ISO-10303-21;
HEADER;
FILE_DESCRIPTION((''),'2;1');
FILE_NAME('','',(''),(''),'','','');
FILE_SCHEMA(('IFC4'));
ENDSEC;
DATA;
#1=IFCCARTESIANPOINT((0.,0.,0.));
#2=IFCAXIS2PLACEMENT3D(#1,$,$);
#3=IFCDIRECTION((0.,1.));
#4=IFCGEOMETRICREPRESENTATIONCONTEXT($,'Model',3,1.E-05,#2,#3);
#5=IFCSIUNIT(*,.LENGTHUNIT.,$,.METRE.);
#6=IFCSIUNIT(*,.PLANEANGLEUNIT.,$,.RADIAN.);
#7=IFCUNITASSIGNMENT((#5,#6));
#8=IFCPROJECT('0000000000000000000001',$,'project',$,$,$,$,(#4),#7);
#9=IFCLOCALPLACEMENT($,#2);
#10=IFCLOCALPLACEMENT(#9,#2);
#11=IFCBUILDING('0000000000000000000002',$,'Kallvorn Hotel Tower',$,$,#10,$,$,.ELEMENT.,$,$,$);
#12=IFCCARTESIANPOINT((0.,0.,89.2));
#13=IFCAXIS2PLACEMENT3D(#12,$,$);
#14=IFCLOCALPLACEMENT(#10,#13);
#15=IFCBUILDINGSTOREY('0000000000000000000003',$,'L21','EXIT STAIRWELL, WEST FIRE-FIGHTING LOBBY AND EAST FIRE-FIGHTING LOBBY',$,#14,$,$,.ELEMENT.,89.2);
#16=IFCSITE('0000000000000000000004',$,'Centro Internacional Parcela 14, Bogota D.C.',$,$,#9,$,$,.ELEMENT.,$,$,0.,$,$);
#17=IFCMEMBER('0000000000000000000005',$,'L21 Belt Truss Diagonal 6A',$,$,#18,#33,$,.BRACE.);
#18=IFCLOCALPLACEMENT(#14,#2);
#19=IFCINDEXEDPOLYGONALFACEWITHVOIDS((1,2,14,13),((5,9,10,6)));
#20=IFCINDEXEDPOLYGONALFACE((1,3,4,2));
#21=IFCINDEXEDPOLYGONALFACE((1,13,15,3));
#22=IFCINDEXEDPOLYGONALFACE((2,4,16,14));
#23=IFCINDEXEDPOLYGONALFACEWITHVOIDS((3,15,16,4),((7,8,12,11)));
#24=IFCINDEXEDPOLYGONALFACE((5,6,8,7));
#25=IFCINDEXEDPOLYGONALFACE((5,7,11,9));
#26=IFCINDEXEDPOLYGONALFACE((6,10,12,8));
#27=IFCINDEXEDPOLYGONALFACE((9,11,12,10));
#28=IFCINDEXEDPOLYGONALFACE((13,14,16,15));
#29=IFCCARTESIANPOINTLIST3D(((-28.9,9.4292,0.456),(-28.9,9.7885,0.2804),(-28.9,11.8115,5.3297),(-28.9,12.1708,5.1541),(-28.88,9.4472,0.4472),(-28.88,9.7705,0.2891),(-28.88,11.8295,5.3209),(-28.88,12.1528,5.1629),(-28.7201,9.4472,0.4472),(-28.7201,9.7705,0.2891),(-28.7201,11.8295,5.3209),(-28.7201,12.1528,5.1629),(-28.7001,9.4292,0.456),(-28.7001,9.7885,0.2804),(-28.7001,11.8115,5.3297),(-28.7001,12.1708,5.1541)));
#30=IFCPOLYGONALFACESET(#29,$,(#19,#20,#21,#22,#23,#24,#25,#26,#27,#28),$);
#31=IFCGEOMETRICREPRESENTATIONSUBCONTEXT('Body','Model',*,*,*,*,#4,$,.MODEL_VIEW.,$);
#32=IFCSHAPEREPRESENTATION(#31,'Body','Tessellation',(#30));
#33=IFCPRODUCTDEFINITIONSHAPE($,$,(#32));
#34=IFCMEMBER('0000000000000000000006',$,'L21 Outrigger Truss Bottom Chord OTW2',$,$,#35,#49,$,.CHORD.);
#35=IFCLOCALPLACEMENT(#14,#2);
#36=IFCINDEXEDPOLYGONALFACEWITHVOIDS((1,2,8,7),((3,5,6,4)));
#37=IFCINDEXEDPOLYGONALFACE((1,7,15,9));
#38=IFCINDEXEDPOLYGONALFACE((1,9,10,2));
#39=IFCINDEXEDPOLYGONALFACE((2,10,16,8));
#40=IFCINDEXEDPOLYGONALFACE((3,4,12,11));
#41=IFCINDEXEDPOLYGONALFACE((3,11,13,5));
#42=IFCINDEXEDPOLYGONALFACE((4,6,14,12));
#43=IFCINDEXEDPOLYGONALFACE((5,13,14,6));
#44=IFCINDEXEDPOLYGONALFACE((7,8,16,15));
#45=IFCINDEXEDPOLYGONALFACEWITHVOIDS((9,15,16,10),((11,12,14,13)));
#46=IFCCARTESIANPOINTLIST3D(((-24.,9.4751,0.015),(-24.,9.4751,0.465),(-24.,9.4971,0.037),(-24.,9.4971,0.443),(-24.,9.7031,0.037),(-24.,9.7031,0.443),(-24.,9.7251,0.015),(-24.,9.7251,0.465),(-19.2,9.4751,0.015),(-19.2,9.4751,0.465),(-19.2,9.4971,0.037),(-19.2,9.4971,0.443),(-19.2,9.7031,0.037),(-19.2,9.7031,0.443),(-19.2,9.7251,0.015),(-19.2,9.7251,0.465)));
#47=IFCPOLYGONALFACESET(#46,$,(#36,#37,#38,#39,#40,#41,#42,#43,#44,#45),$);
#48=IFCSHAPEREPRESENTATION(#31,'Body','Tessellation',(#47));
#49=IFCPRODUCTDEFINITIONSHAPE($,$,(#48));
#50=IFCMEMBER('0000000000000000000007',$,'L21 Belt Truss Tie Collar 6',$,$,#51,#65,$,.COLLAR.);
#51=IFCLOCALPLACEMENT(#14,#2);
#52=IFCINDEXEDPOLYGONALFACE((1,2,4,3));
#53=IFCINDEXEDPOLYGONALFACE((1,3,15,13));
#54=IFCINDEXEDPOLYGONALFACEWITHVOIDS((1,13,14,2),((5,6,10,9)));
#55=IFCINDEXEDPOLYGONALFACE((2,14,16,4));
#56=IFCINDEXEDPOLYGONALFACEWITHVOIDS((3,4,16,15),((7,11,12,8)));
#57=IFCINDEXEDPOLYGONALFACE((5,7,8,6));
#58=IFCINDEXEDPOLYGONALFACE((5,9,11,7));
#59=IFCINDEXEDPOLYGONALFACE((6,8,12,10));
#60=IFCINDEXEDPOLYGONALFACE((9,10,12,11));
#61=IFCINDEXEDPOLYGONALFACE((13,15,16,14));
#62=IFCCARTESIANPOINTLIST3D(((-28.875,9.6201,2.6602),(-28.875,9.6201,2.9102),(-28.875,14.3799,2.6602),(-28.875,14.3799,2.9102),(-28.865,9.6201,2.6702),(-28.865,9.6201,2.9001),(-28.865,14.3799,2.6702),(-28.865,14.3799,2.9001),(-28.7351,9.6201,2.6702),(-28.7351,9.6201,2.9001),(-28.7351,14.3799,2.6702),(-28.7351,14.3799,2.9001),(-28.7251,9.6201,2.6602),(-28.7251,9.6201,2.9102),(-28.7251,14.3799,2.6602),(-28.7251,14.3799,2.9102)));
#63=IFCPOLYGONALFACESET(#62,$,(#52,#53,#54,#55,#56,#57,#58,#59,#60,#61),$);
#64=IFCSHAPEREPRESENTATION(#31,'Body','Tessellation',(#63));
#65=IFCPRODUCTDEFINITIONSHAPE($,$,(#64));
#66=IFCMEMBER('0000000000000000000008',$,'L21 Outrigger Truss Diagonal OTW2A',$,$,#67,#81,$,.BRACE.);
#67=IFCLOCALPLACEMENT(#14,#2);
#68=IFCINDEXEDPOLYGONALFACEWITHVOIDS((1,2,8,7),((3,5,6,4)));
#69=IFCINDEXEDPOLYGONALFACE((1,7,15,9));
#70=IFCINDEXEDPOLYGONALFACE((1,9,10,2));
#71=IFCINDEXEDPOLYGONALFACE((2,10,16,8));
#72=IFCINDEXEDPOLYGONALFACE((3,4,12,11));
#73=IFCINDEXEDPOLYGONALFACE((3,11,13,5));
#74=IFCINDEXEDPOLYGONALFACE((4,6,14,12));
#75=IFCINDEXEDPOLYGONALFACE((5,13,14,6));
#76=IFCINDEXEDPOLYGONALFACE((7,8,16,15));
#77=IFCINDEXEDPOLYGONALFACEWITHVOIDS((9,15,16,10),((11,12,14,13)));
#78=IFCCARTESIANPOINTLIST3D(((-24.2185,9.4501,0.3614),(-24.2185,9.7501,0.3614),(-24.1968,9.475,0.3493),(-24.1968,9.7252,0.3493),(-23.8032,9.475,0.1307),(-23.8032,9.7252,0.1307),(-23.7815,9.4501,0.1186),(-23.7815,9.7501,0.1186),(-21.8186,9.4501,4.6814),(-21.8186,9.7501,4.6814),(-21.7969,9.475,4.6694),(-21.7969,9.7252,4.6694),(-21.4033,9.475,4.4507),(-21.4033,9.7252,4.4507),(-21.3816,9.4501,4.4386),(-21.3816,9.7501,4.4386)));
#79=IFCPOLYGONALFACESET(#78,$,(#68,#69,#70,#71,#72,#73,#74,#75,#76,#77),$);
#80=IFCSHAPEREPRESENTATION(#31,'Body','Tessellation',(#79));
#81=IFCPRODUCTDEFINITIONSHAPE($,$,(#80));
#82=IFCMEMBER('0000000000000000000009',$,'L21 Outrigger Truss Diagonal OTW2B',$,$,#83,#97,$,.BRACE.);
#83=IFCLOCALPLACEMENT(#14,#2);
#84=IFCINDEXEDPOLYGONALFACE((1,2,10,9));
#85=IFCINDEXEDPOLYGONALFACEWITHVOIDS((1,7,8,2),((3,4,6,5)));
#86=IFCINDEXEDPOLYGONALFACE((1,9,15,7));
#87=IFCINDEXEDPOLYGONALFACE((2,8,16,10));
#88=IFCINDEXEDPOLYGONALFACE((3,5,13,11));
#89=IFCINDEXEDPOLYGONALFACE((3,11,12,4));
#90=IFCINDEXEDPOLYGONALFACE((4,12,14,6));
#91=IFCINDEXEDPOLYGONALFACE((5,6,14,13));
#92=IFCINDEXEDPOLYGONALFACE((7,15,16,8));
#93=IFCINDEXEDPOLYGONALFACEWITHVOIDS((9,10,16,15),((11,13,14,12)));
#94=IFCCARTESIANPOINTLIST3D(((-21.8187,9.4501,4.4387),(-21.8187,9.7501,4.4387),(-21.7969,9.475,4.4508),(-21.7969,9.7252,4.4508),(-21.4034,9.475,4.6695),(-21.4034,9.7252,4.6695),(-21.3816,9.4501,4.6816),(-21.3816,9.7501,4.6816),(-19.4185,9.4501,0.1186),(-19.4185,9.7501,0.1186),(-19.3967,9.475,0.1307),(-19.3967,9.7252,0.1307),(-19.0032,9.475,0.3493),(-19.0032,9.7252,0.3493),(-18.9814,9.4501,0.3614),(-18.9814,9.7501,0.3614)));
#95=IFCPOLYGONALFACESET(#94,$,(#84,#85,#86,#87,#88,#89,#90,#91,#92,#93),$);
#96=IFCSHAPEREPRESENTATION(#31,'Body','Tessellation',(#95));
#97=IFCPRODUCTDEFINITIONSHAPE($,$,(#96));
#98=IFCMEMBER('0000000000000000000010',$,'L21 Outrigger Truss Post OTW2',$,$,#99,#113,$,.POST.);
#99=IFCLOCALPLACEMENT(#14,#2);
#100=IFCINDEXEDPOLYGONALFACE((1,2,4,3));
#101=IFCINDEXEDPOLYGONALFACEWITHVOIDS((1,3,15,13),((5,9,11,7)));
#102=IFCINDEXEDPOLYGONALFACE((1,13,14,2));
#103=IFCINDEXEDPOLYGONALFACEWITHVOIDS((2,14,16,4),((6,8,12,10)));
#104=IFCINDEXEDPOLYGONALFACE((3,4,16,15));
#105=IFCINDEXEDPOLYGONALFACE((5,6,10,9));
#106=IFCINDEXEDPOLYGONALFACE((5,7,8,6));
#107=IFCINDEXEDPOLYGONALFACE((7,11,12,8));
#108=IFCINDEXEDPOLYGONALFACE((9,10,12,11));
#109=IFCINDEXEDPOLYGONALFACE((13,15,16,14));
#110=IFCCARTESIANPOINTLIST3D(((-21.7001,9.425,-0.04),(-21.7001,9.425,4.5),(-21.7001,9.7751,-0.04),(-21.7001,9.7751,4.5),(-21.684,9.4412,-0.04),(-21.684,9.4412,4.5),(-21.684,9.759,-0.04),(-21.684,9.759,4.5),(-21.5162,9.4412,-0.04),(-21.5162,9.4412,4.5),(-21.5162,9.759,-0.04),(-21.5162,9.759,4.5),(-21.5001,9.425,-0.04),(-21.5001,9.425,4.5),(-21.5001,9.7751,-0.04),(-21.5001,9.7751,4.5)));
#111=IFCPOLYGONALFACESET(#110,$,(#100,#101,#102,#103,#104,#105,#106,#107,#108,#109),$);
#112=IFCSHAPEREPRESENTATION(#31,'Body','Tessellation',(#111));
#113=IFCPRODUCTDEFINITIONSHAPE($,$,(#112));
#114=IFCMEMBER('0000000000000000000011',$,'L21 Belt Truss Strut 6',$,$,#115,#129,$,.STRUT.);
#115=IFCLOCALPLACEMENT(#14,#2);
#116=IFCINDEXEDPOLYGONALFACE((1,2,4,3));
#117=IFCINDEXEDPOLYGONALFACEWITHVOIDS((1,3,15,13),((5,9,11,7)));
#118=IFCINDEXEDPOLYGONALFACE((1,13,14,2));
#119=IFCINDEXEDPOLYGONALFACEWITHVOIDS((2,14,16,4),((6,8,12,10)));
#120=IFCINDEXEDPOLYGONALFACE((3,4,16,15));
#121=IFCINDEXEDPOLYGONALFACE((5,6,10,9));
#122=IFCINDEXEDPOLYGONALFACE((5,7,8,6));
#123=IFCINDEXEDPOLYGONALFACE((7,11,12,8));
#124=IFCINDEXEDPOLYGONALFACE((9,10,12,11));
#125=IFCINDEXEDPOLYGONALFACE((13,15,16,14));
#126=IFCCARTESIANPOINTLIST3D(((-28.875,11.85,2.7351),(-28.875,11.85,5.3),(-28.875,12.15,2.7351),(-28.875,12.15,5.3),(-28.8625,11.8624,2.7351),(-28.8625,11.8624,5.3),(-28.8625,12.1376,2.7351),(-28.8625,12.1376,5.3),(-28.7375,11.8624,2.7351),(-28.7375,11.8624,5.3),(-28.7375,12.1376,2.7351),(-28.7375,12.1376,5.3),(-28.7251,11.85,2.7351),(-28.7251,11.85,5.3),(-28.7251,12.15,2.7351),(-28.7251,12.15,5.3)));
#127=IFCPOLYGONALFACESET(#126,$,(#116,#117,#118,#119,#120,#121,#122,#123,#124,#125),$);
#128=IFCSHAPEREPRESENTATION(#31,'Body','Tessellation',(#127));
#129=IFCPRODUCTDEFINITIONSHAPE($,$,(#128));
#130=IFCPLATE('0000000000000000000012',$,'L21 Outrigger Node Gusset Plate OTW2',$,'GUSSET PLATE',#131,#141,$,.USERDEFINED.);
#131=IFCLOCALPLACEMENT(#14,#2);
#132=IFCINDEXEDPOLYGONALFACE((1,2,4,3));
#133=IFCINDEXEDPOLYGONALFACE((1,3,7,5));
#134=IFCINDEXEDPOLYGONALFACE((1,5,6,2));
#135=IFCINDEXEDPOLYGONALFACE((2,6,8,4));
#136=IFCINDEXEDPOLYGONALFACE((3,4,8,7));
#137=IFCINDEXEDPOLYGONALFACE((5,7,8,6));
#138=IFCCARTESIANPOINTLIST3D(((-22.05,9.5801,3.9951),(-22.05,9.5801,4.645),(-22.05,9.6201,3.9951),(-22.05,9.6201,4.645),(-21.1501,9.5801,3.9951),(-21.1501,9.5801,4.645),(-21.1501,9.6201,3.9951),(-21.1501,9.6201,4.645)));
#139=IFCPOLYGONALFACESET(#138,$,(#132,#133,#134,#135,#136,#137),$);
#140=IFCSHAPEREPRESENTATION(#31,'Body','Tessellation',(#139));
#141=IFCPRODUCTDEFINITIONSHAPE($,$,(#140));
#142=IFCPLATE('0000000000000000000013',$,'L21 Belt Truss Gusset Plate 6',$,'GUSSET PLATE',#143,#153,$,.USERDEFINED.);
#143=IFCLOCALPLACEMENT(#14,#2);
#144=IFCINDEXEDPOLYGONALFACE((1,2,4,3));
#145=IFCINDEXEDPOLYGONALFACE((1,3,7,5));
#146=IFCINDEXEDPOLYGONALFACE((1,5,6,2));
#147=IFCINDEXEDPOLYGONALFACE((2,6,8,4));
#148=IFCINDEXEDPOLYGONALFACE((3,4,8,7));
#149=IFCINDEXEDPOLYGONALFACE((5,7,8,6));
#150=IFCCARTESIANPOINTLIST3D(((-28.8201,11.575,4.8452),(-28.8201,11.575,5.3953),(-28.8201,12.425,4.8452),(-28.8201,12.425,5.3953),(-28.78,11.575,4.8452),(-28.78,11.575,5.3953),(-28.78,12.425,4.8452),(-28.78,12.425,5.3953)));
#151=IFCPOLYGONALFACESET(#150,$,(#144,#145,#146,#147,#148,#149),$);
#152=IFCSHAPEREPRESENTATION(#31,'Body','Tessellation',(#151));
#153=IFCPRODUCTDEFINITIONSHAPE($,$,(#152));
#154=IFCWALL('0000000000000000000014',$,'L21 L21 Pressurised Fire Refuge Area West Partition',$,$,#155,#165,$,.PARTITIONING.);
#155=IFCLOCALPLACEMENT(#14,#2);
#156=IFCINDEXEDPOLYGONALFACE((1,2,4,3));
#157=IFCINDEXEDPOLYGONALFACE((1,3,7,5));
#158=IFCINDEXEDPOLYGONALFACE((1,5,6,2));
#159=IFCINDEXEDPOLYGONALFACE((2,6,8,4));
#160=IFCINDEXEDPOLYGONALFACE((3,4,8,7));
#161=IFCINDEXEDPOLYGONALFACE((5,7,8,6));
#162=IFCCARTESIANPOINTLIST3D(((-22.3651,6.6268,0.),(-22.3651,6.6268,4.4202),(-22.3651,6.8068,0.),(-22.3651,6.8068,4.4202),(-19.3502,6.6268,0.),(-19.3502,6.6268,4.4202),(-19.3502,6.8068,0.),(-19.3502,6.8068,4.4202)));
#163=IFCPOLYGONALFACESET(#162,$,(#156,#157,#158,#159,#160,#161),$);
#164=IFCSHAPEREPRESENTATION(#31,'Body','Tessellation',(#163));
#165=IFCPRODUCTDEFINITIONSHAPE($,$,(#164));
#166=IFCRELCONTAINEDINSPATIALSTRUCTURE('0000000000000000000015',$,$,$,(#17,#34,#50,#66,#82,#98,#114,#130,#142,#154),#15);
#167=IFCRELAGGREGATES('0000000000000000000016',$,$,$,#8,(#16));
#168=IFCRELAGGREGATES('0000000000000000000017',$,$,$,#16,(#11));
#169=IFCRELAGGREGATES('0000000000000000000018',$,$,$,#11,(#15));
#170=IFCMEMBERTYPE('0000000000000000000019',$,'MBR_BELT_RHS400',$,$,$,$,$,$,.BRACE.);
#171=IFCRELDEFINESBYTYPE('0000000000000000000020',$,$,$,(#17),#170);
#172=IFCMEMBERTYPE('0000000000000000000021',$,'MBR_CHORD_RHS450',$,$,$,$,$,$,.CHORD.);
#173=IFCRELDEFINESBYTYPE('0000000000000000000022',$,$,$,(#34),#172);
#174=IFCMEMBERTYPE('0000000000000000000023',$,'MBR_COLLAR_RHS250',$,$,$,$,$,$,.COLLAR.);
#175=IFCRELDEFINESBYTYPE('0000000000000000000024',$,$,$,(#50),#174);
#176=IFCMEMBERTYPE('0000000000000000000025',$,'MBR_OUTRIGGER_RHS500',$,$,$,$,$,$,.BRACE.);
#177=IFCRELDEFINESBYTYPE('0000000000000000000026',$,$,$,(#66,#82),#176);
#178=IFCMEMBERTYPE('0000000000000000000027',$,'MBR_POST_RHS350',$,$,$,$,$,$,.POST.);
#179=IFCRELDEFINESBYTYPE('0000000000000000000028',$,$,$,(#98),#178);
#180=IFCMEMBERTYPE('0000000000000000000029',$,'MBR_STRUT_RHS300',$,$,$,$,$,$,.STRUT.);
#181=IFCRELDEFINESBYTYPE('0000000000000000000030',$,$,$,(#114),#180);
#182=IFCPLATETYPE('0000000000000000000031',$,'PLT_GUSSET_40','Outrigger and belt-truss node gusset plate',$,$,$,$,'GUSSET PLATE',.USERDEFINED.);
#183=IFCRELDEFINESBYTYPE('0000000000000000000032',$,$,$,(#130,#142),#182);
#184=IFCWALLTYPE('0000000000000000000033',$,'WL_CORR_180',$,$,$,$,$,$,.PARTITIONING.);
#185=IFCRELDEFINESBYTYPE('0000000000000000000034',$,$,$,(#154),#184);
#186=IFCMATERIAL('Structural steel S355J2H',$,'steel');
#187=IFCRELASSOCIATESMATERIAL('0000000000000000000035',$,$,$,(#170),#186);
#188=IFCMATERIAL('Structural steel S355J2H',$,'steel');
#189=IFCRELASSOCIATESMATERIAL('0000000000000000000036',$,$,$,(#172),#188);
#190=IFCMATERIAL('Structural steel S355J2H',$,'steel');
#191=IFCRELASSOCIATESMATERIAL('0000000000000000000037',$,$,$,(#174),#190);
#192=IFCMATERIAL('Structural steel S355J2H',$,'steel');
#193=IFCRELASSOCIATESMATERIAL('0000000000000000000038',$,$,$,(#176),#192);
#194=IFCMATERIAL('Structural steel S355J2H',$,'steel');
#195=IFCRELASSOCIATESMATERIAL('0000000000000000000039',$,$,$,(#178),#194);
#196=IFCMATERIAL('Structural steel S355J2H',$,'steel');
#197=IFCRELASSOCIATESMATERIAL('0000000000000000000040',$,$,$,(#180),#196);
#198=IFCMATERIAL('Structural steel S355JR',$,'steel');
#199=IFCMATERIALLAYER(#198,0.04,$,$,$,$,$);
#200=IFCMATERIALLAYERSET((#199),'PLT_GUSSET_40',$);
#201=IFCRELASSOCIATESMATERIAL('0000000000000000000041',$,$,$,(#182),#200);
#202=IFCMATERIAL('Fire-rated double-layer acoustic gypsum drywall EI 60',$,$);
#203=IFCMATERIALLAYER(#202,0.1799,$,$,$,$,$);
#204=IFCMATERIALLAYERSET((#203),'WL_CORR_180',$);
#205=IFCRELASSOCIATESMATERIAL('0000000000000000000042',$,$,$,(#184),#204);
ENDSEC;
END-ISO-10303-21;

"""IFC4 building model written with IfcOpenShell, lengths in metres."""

from ifc_helpers import new_model, si_unit, direction, frame, frame_2d, origin, origin_2d, place, context, subcontext, project, spatial, rectangle, hollow_rectangle, extrude, material, layer, layer_set, material_profile, profile_set, type_object, element, save


model = new_model("IFC4")

# Units and contexts
model_context = context("Model", 3, precision=1e-05, world=origin(), true_north=direction((0.0, 1.0)))
body_context = subcontext(model_context, "Body", "Model", "MODEL_VIEW")
ifc_project = project(units=[si_unit("LENGTHUNIT", "METRE"), si_unit("PLANEANGLEUNIT", "RADIAN")], contexts=[model_context])

# Site, building, storey
site_placement = place(None, origin())
site = spatial("IfcSite", under=ifc_project, at=site_placement, Name="Centro Internacional Parcela 14, Bogota D.C.", CompositionType="ELEMENT", RefElevation=0.0)
building_placement = place(site_placement, origin())
building = spatial("IfcBuilding", under=site, at=building_placement, Name="Kallvorn Hotel Tower", CompositionType="ELEMENT")
storey_placement = place(building_placement, frame((0.0, 0.0, 89.2)))
storey = spatial("IfcBuildingStorey", under=building, at=storey_placement, Name="L21", Description="EXIT STAIRWELL, WEST FIRE-FIGHTING LOBBY AND EAST FIRE-FIGHTING LOBBY", CompositionType="ELEMENT", Elevation=89.2)

# Members
ifc_material_1 = material(Name="Structural steel S355J2H", Category="steel")
ifc_material_profile_1 = material_profile(ifc_material_1, hollow_rectangle(XDim=0.2, YDim=0.3999, WallThickness=0.02, at=origin_2d()), Name="RHS 400x200x20")
ifc_profile_set_1 = profile_set([ifc_material_profile_1], Name="Structural steel S355J2H")
member_type_1 = type_object("IfcMemberType", Name="MBR_BELT_RHS400", PredefinedType="BRACE", material=ifc_profile_set_1)
member_1_placement = place(storey_placement, frame((-28.8, 9.6089, 0.3682), z_axis=(0.0, 0.439149, 0.898414), x_axis=(-1.0, 0.0, 0.0)))
element("IfcMember", 1, at=member_1_placement, inside=storey, type_object=member_type_1, Name="L21 Belt Truss Diagonal 6A", PredefinedType="BRACE", context=body_context, shape_type="SweptSolid", body=[
    extrude(hollow_rectangle(XDim=0.2, YDim=0.3999, WallThickness=0.02, at=origin_2d()), origin(), (0.0, 0.0, 1.0), 5.4248),
])
ifc_material_2 = material(Name="Structural steel S355J2H", Category="steel")
ifc_material_profile_2 = material_profile(ifc_material_2, hollow_rectangle(XDim=0.25, YDim=0.45, WallThickness=0.022, at=origin_2d()), Name="RHS 450x250x22")
ifc_profile_set_2 = profile_set([ifc_material_profile_2], Name="Structural steel S355J2H")
member_type_2 = type_object("IfcMemberType", Name="MBR_CHORD_RHS450", PredefinedType="CHORD", material=ifc_profile_set_2)
member_2_placement = place(storey_placement, frame((-24.0, 9.6001, 0.24), z_axis=(1.0, 0.0, 0.0), x_axis=(0.0, 1.0, 0.0)))
element("IfcMember", 2, at=member_2_placement, inside=storey, type_object=member_type_2, Name="L21 Outrigger Truss Bottom Chord OTW2", PredefinedType="CHORD", context=body_context, shape_type="SweptSolid", body=[
    extrude(hollow_rectangle(XDim=0.25, YDim=0.45, WallThickness=0.022, at=origin_2d()), origin(), (0.0, 0.0, 1.0), 4.8),
])
ifc_material_3 = material(Name="Structural steel S355J2H", Category="steel")
ifc_material_profile_3 = material_profile(ifc_material_3, hollow_rectangle(XDim=0.1499, YDim=0.25, WallThickness=0.01, at=origin_2d()), Name="RHS 250x150x10")
ifc_profile_set_3 = profile_set([ifc_material_profile_3], Name="Structural steel S355J2H")
member_type_3 = type_object("IfcMemberType", Name="MBR_COLLAR_RHS250", PredefinedType="COLLAR", material=ifc_profile_set_3)
member_3_placement = place(storey_placement, frame((-28.8, 9.6201, 2.7852), z_axis=(0.0, 1.0, 0.0), x_axis=(-1.0, 0.0, 0.0)))
element("IfcMember", 3, at=member_3_placement, inside=storey, type_object=member_type_3, Name="L21 Belt Truss Tie Collar 6", PredefinedType="COLLAR", context=body_context, shape_type="SweptSolid", body=[
    extrude(hollow_rectangle(XDim=0.1499, YDim=0.25, WallThickness=0.01, at=origin_2d()), origin(), (0.0, 0.0, 1.0), 4.7598),
])
ifc_material_4 = material(Name="Structural steel S355J2H", Category="steel")
ifc_material_profile_4 = material_profile(ifc_material_4, hollow_rectangle(XDim=0.3, YDim=0.5, WallThickness=0.0249, at=origin_2d()), Name="RHS 500x300x25")
ifc_profile_set_4 = profile_set([ifc_material_profile_4], Name="Structural steel S355J2H")
member_type_4 = type_object("IfcMemberType", Name="MBR_OUTRIGGER_RHS500", PredefinedType="BRACE", material=ifc_profile_set_4)
member_4_placement = place(storey_placement, frame((-24.0, 9.6001, 0.24), z_axis=(0.485622, 0.0, 0.874169), x_axis=(0.0, 1.0, 0.0)))
element("IfcMember", 4, at=member_4_placement, inside=storey, type_object=member_type_4, Name="L21 Outrigger Truss Diagonal OTW2A", PredefinedType="BRACE", context=body_context, shape_type="SweptSolid", body=[
    extrude(hollow_rectangle(XDim=0.3, YDim=0.5, WallThickness=0.0249, at=origin_2d()), origin(), (0.0, 0.0, 1.0), 4.9419),
])
member_5_placement = place(storey_placement, frame((-19.2, 9.6001, 0.24), z_axis=(-0.48566, 0.0, 0.874148), x_axis=(0.0, -1.0, 0.0)))
element("IfcMember", 5, at=member_5_placement, inside=storey, type_object=member_type_4, Name="L21 Outrigger Truss Diagonal OTW2B", PredefinedType="BRACE", context=body_context, shape_type="SweptSolid", body=[
    extrude(hollow_rectangle(XDim=0.3, YDim=0.5, WallThickness=0.0249, at=origin_2d()), origin(), (0.0, 0.0, 1.0), 4.9421),
])
ifc_material_5 = material(Name="Structural steel S355J2H", Category="steel")
ifc_material_profile_5 = material_profile(ifc_material_5, hollow_rectangle(XDim=0.2, YDim=0.3501, WallThickness=0.0161, at=origin_2d()), Name="RHS 350x200x16")
ifc_profile_set_5 = profile_set([ifc_material_profile_5], Name="Structural steel S355J2H")
member_type_5 = type_object("IfcMemberType", Name="MBR_POST_RHS350", PredefinedType="POST", material=ifc_profile_set_5)
member_6_placement = place(storey_placement, frame((-21.6001, 9.6001, -0.04), z_axis=(0.0, 0.0, 1.0), x_axis=(1.0, 0.0, 0.0)))
element("IfcMember", 6, at=member_6_placement, inside=storey, type_object=member_type_5, Name="L21 Outrigger Truss Post OTW2", PredefinedType="POST", context=body_context, shape_type="SweptSolid", body=[
    extrude(hollow_rectangle(XDim=0.2, YDim=0.3501, WallThickness=0.0161, at=origin_2d()), origin(), (0.0, 0.0, 1.0), 4.54),
])
ifc_material_6 = material(Name="Structural steel S355J2H", Category="steel")
ifc_material_profile_6 = material_profile(ifc_material_6, hollow_rectangle(XDim=0.1499, YDim=0.3, WallThickness=0.0125, at=origin_2d()), Name="RHS 300x150x12.5")
ifc_profile_set_6 = profile_set([ifc_material_profile_6], Name="Structural steel S355J2H")
member_type_6 = type_object("IfcMemberType", Name="MBR_STRUT_RHS300", PredefinedType="STRUT", material=ifc_profile_set_6)
member_7_placement = place(storey_placement, frame((-28.8, 12.0, 2.7351), z_axis=(0.0, 0.0, 1.0), x_axis=(1.0, 0.0, 0.0)))
element("IfcMember", 7, at=member_7_placement, inside=storey, type_object=member_type_6, Name="L21 Belt Truss Strut 6", PredefinedType="STRUT", context=body_context, shape_type="SweptSolid", body=[
    extrude(hollow_rectangle(XDim=0.1499, YDim=0.3, WallThickness=0.0125, at=origin_2d()), origin(), (0.0, 0.0, 1.0), 2.5649),
])

# Plates
ifc_material_7 = material(Name="Structural steel S355JR", Category="steel")
ifc_layer_1 = layer(ifc_material_7, 0.04)
ifc_layer_set_1 = layer_set([ifc_layer_1], Name="PLT_GUSSET_40")
plate_type = type_object("IfcPlateType", Name="PLT_GUSSET_40", Description="Outrigger and belt-truss node gusset plate", ElementType="GUSSET PLATE", PredefinedType="USERDEFINED", material=ifc_layer_set_1)
plate_1_placement = place(storey_placement, frame((-21.6001, 9.6001, 3.9951), z_axis=(0.0, 0.0, 1.0), x_axis=(1.0, 0.0, 0.0)))
element("IfcPlate", 8, at=plate_1_placement, inside=storey, type_object=plate_type, Name="L21 Outrigger Node Gusset Plate OTW2", ObjectType="GUSSET PLATE", PredefinedType="USERDEFINED", context=body_context, shape_type="SweptSolid", body=[
    extrude(rectangle(XDim=0.8999, YDim=0.04, at=origin_2d()), origin(), (0.0, 0.0, 1.0), 0.6499),
])
plate_2_placement = place(storey_placement, frame((-28.8, 12.0, 4.8452), z_axis=(0.0, 0.0, 1.0), x_axis=(0.0, 1.0, 0.0)))
element("IfcPlate", 9, at=plate_2_placement, inside=storey, type_object=plate_type, Name="L21 Belt Truss Gusset Plate 6", ObjectType="GUSSET PLATE", PredefinedType="USERDEFINED", context=body_context, shape_type="SweptSolid", body=[
    extrude(rectangle(XDim=0.8501, YDim=0.04, at=origin_2d()), origin(), (0.0, 0.0, 1.0), 0.55),
])

# Wall
ifc_material_8 = material(Name="Fire-rated double-layer acoustic gypsum drywall EI 60")
ifc_layer_2 = layer(ifc_material_8, 0.1799)
ifc_layer_set_2 = layer_set([ifc_layer_2], Name="WL_CORR_180")
wall_type_1 = type_object("IfcWallType", Name="WL_CORR_180", PredefinedType="PARTITIONING", material=ifc_layer_set_2)
wall_1_placement = place(storey_placement, frame((-22.365, 6.7168, 0.0), z_axis=(0.0, 0.0, 1.0), x_axis=(1.0, 0.0, 0.0)))
element("IfcWall", 10, at=wall_1_placement, inside=storey, type_object=wall_type_1, Name="L21 L21 Pressurised Fire Refuge Area West Partition", PredefinedType="PARTITIONING", context=body_context, shape_type="SweptSolid", body=[
    extrude(rectangle(XDim=3.0149, YDim=0.1799, at=frame_2d((1.5073, 0.0))), origin(), (0.0, 0.0, 1.0), 4.4202),
])

save(model, "model.ifc")
